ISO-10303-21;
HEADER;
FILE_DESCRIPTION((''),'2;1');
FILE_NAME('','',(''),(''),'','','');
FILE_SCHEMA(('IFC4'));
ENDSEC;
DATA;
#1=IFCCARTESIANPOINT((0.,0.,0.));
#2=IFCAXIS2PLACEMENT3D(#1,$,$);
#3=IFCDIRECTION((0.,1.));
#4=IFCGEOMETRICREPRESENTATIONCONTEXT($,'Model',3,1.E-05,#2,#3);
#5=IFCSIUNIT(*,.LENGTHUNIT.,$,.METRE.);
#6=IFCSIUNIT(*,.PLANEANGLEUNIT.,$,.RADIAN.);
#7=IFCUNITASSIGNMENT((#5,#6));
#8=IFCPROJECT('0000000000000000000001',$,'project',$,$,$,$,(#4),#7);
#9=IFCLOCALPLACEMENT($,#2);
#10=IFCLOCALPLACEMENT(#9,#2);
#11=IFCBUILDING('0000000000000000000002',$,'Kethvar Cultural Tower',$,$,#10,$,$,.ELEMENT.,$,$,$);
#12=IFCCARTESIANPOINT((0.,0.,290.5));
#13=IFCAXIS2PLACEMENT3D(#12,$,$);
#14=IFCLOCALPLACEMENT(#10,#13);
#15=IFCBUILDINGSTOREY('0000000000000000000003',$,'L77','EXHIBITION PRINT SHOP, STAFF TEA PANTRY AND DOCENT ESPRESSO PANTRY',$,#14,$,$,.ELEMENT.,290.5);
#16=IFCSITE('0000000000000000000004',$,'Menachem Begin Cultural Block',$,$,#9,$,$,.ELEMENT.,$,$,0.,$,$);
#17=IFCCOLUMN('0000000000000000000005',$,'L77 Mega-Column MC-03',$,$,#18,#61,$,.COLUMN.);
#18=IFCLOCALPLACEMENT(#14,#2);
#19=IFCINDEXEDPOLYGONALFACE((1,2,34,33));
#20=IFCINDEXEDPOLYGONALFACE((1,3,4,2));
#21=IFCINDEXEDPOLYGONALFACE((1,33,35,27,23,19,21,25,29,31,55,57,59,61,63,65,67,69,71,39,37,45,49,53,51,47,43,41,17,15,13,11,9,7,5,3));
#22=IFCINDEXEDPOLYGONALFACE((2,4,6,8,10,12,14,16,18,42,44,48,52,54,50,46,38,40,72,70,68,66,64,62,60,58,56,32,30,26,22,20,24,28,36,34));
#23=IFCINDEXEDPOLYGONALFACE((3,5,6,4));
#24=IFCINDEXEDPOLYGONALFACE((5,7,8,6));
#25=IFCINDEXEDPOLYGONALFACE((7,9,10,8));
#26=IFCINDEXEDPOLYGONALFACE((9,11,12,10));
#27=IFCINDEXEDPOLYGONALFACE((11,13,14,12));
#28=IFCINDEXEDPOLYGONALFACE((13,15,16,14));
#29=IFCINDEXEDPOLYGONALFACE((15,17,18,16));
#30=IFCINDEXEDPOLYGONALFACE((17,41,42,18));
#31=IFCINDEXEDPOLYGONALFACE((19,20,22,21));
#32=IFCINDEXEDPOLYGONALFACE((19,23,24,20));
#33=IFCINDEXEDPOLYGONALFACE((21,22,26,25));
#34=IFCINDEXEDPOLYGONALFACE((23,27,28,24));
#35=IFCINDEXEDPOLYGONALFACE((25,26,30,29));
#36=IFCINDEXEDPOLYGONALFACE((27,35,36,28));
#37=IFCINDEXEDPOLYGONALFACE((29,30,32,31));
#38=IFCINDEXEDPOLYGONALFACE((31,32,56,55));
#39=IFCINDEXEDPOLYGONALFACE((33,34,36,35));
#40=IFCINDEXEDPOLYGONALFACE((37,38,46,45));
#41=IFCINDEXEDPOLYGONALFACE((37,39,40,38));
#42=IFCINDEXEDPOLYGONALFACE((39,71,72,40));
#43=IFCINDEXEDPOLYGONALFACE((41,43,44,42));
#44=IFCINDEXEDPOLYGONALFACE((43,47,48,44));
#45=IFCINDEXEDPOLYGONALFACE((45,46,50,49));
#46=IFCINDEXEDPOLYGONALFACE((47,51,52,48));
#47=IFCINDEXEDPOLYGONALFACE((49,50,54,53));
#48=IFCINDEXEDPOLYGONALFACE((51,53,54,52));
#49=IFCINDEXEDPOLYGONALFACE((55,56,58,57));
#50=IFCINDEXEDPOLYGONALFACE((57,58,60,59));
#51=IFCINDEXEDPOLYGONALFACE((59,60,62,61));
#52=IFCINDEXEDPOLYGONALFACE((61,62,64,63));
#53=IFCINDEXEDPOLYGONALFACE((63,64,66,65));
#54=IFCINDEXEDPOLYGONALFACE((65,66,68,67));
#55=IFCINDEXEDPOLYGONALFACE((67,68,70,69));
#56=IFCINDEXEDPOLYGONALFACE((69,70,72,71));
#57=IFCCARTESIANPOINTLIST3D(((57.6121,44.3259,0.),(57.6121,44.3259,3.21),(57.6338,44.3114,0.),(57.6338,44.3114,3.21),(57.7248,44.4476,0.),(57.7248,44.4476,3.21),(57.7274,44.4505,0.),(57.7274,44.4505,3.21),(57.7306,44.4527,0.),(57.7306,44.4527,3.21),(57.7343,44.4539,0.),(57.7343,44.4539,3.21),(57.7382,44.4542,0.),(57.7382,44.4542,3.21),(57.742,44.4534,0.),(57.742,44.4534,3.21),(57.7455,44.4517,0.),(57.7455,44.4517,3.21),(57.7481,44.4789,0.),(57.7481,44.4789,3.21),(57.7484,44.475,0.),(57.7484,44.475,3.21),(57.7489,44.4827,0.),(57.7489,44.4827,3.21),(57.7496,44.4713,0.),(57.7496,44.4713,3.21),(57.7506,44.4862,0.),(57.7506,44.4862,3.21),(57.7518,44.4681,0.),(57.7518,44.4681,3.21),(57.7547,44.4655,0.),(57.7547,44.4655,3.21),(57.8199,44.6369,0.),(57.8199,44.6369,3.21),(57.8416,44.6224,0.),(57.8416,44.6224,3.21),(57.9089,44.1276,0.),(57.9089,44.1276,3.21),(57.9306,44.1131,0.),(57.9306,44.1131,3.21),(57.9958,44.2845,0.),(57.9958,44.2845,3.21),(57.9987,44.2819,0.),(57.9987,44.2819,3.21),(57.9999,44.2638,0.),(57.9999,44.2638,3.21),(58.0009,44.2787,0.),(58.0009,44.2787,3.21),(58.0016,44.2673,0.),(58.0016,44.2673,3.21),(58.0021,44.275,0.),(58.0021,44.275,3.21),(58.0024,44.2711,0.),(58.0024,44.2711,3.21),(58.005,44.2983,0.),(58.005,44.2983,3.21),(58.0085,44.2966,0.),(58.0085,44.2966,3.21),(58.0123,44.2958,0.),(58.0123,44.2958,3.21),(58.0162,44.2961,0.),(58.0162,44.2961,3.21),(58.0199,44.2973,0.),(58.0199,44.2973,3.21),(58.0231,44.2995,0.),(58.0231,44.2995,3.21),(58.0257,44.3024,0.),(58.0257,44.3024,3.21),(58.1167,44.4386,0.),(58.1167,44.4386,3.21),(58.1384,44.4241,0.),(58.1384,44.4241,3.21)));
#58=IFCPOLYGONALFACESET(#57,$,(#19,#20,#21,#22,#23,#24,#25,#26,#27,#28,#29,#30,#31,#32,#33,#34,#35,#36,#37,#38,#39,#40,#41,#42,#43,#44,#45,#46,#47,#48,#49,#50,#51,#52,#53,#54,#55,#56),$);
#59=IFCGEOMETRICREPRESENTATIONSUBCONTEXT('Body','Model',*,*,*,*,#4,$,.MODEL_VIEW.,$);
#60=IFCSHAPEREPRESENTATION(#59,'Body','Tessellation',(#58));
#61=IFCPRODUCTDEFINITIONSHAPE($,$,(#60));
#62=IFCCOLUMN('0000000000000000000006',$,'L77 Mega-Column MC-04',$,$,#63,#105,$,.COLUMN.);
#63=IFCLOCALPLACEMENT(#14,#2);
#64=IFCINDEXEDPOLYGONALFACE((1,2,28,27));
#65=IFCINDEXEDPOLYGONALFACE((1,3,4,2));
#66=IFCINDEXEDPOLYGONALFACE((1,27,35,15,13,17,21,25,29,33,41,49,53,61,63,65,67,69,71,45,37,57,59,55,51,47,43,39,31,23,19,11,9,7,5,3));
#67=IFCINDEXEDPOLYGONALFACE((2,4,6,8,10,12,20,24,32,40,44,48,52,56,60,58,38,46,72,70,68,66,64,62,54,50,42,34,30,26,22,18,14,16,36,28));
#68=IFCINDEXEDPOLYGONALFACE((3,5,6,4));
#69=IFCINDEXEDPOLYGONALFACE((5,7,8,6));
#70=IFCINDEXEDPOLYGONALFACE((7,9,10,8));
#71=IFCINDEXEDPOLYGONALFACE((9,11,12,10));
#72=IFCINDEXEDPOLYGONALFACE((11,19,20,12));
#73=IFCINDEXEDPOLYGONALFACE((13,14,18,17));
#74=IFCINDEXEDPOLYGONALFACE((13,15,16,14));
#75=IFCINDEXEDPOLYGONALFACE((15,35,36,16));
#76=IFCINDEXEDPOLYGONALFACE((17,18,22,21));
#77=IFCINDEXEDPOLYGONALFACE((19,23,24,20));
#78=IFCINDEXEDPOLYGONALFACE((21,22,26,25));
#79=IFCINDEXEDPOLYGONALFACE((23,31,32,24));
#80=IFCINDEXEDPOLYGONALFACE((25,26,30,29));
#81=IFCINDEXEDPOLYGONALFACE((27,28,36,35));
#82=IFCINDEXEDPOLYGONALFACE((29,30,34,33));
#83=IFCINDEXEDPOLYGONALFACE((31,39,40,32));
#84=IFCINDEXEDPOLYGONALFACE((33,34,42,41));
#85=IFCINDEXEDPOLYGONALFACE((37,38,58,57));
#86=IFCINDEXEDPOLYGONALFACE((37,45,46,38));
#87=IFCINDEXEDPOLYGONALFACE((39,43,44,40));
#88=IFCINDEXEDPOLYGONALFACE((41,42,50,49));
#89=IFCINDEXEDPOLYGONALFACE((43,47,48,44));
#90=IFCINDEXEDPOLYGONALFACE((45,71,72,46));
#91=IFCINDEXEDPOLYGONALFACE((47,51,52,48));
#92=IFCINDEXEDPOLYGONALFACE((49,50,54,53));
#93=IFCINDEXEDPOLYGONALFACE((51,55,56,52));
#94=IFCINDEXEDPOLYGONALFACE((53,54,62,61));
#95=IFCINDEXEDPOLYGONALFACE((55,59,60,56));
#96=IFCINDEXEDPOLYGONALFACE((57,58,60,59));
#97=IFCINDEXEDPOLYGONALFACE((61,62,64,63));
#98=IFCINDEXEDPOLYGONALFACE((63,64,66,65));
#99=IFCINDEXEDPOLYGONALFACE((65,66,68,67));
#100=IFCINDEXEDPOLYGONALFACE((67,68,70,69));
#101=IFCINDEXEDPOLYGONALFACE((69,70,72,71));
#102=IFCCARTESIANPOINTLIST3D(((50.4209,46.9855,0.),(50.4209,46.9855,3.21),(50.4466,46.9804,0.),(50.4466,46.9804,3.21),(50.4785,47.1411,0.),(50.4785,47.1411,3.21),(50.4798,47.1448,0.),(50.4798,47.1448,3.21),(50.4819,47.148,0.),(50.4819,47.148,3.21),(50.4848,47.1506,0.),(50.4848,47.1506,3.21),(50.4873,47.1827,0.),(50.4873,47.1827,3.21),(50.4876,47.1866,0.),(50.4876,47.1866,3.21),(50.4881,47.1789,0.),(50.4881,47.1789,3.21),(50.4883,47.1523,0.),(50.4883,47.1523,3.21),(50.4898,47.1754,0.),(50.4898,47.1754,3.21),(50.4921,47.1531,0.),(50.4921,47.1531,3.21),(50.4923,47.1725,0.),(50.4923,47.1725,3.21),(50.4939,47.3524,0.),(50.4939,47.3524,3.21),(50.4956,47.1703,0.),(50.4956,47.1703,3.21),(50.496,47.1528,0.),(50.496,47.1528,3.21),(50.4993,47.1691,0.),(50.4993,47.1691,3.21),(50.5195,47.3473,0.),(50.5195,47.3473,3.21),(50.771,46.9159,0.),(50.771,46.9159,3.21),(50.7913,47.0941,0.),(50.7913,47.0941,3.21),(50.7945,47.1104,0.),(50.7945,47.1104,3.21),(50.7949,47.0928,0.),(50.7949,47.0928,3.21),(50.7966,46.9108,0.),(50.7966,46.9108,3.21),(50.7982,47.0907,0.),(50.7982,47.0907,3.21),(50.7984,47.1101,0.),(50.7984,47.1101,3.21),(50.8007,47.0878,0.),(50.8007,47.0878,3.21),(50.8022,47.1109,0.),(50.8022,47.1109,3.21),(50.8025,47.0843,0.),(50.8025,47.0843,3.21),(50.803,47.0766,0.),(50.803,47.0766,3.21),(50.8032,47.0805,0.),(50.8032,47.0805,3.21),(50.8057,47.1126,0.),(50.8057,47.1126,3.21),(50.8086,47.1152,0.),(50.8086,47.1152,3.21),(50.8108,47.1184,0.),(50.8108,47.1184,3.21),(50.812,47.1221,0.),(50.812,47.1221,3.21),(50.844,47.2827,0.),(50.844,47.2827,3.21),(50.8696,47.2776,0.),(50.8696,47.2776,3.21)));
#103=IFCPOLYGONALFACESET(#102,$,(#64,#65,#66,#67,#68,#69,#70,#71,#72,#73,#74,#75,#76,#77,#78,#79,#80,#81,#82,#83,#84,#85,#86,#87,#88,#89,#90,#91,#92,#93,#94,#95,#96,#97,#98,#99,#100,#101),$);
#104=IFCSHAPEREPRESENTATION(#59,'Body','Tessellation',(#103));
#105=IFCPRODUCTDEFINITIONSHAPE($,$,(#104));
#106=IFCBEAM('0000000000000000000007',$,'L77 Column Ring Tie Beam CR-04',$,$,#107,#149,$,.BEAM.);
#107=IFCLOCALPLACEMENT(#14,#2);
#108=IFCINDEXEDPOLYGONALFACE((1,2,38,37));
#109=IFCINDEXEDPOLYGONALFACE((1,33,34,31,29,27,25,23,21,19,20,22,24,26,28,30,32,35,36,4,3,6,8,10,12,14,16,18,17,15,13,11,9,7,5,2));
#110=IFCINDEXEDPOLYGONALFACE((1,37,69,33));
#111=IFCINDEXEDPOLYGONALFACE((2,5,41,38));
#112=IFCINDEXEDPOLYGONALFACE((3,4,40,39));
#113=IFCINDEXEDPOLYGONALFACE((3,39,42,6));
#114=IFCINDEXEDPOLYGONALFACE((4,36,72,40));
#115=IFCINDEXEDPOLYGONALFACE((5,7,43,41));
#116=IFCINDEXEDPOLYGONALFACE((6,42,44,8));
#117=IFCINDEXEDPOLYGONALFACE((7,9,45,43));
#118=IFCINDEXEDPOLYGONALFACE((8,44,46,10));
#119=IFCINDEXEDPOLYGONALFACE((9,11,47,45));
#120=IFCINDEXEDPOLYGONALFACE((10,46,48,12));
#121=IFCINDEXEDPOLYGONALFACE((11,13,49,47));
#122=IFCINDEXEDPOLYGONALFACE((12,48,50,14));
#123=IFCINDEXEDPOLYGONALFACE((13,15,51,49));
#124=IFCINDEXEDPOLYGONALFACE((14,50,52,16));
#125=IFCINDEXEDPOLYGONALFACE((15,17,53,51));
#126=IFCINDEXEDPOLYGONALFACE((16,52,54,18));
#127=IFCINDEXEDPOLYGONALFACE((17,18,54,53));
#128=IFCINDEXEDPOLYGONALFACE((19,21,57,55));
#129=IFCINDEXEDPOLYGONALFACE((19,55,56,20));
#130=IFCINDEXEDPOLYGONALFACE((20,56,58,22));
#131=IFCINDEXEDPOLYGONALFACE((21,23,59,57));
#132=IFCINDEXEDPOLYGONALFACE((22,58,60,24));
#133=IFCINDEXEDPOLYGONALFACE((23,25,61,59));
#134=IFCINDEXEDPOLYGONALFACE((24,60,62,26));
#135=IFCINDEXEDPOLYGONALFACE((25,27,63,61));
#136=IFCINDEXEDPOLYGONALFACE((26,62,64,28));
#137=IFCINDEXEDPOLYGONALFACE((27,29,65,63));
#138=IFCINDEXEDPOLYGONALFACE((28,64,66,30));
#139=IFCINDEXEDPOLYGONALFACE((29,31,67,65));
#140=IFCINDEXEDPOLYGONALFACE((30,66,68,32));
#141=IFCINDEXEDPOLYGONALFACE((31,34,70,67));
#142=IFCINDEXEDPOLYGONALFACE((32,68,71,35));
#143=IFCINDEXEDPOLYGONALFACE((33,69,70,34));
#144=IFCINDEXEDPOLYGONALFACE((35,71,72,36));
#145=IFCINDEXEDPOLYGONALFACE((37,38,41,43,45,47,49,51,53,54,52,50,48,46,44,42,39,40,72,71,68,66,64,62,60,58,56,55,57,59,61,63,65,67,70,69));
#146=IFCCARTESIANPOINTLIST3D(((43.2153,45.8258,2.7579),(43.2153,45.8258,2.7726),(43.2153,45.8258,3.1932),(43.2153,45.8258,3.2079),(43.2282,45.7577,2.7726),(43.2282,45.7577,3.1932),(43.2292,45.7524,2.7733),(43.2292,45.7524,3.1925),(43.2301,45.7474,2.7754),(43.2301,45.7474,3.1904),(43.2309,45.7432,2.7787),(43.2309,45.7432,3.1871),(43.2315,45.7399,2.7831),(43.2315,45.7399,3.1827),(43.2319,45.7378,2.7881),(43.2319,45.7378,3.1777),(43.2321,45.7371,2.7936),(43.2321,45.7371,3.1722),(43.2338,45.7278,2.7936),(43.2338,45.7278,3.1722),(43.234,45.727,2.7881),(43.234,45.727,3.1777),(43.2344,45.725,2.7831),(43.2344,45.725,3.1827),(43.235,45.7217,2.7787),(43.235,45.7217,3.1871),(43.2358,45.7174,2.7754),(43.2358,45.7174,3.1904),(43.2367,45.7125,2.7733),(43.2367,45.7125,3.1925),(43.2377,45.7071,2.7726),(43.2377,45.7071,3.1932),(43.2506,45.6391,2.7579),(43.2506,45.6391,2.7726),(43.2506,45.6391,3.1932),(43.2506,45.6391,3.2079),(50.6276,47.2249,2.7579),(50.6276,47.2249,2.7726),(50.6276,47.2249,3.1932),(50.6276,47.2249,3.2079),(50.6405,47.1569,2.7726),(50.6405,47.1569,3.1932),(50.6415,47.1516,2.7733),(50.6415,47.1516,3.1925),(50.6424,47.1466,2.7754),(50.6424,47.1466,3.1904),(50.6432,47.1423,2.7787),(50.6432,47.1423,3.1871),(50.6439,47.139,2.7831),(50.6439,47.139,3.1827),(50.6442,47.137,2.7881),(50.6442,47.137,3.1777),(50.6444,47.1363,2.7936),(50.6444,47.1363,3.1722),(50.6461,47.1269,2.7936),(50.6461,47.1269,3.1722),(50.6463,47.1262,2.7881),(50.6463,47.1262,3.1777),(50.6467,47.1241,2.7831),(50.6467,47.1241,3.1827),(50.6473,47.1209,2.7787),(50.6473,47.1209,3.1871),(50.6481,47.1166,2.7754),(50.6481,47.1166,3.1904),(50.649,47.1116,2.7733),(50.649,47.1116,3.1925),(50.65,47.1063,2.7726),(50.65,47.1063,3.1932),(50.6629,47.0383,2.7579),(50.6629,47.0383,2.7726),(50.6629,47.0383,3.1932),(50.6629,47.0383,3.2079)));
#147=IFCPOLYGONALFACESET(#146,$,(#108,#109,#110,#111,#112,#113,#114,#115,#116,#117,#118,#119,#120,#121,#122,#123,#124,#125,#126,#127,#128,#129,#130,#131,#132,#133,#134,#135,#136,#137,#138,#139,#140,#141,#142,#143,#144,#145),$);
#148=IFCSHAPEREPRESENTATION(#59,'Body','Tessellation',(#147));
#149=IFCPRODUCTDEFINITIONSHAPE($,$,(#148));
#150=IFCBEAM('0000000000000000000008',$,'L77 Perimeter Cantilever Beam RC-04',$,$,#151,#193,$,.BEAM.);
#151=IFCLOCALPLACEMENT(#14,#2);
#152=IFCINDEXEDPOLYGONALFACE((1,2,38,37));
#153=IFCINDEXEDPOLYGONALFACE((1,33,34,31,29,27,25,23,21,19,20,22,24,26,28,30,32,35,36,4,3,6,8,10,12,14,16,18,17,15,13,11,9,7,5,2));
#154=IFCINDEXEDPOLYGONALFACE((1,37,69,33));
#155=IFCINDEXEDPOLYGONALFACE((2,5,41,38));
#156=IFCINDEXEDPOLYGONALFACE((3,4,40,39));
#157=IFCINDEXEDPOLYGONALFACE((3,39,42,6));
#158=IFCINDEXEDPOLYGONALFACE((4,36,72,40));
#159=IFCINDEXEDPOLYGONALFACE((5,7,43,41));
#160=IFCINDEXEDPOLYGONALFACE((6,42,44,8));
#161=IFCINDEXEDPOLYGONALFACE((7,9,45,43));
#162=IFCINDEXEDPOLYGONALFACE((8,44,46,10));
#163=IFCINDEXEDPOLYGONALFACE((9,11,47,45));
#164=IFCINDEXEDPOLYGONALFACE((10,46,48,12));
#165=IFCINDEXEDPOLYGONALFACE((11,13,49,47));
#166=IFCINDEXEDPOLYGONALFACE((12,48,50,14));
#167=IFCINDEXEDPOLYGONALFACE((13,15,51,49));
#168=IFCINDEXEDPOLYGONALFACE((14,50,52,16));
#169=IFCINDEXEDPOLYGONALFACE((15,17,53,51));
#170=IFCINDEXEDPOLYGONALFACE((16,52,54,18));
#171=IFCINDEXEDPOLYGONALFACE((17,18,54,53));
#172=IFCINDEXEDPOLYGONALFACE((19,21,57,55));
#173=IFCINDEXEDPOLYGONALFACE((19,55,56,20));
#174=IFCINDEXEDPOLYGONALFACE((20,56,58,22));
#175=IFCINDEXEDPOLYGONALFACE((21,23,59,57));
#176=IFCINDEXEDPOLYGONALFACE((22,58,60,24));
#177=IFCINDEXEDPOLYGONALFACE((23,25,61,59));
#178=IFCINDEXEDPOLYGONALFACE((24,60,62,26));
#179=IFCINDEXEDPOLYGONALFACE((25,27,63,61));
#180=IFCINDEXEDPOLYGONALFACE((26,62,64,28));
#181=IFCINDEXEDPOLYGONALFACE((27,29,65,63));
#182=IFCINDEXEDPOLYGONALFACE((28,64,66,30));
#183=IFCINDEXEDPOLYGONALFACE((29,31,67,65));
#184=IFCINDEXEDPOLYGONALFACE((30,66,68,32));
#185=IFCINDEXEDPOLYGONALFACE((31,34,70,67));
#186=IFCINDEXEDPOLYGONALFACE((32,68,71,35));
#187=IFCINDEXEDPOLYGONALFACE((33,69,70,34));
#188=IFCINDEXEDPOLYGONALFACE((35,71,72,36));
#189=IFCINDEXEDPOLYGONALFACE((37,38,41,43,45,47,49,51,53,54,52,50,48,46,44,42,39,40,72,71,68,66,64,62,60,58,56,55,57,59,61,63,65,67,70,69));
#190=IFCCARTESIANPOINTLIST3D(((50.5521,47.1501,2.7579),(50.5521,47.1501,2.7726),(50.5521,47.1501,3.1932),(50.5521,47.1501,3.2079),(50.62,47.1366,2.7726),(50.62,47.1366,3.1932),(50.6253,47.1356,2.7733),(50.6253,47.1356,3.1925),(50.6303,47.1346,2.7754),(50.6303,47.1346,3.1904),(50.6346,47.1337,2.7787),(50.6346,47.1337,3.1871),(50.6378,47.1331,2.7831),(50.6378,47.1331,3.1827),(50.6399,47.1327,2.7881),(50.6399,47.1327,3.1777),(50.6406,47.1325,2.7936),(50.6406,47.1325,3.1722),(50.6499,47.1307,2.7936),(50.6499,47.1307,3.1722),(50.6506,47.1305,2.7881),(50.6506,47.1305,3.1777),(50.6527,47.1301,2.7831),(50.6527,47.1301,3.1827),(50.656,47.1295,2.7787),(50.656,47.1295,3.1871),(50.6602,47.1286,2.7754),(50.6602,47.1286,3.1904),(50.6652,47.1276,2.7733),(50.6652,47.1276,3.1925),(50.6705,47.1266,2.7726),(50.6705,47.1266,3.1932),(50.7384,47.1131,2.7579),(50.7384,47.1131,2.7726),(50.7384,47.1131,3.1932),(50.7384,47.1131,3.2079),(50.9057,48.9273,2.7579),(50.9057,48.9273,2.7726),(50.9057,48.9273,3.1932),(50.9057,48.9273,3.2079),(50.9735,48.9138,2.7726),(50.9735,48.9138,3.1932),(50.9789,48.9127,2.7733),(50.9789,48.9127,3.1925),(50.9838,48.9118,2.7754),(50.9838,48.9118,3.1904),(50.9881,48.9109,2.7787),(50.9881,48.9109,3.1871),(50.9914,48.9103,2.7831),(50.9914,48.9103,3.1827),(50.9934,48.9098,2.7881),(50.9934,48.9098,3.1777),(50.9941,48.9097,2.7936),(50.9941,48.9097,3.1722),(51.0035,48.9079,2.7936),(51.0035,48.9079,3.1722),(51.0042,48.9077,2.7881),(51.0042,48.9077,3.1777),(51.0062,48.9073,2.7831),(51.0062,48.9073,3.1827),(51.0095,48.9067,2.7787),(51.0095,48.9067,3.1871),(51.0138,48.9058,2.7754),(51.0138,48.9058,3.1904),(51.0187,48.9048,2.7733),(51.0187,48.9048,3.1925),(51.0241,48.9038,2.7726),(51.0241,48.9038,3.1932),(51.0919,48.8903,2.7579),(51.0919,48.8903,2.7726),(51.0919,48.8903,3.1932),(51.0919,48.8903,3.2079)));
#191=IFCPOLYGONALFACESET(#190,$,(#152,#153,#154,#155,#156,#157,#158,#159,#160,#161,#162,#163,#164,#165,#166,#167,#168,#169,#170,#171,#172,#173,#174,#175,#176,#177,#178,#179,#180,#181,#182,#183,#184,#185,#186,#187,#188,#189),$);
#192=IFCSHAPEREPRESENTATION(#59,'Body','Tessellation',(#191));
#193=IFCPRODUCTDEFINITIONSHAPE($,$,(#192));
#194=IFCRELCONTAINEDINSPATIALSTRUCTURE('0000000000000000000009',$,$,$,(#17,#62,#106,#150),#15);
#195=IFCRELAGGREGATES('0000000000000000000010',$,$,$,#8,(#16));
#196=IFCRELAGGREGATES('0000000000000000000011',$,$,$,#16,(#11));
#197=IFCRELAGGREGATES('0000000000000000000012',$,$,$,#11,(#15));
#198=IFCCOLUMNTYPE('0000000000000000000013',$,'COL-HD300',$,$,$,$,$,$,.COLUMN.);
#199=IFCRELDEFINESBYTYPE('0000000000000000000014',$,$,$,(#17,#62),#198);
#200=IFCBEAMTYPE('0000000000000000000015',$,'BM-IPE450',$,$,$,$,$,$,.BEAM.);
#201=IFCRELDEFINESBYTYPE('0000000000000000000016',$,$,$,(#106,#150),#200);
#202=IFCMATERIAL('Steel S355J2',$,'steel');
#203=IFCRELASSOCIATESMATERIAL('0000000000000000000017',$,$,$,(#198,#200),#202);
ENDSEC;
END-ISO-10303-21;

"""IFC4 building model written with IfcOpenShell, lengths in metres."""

from ifc_helpers import new_model, si_unit, direction, frame, origin, origin_2d, place, context, subcontext, project, spatial, i_section, extrude, source, transform, mapped, material, material_profile, profile_set, type_object, element, save


model = new_model("IFC4")

# Units and contexts
model_context = context("Model", 3, precision=1e-05, world=origin(), true_north=direction((0.0, 1.0)))
body_context = subcontext(model_context, "Body", "Model", "MODEL_VIEW")
ifc_project = project(units=[si_unit("LENGTHUNIT", "METRE"), si_unit("PLANEANGLEUNIT", "RADIAN")], contexts=[model_context])

# Site, building, storey
site_placement = place(None, origin())
site = spatial("IfcSite", under=ifc_project, at=site_placement, Name="Menachem Begin Cultural Block", CompositionType="ELEMENT", RefElevation=0.0)
building_placement = place(site_placement, origin())
building = spatial("IfcBuilding", under=site, at=building_placement, Name="Kethvar Cultural Tower", CompositionType="ELEMENT")
storey_placement = place(building_placement, frame((0.0, 0.0, 290.5)))
storey = spatial("IfcBuildingStorey", under=building, at=storey_placement, Name="L77", Description="EXHIBITION PRINT SHOP, STAFF TEA PANTRY AND DOCENT ESPRESSO PANTRY", CompositionType="ELEMENT", Elevation=290.5)

# Columns
ifc_material_1 = material(Name="Steel S355J2", Category="steel")
ifc_material_profile_1 = material_profile(ifc_material_1, i_section(OverallWidth=0.374, OverallDepth=0.3831, WebThickness=0.0166, FlangeThickness=0.0261, FilletRadius=0.0149, at=origin_2d()), Name="Steel S355J2 — HD360x300")
ifc_profile_set_1 = profile_set([ifc_material_profile_1], Name="Steel S355J2 — HD360x300")
column_type = type_object("IfcColumnType", Name="COL-HD300", PredefinedType="COLUMN", material=ifc_profile_set_1)
shared_shape_1 = source(origin(), body_context, "Body", "SweptSolid", [
    extrude(i_section(OverallWidth=0.374, OverallDepth=0.3831, WebThickness=0.0166, FlangeThickness=0.0261, FilletRadius=0.0149, at=origin_2d()), origin(), (0.0, 0.0, 1.0), 3.21),
])
for number, where, z_axis, x_axis, name in (
    (1, (57.8752, 44.375, 0.0), (0.0, 0.0, 1.0), (0.55557, 0.83147, 0.0), "L77 Mega-Column MC-03"),
    (2, (50.6453, 47.1316, 0.0), (0.0, 0.0, 1.0), (0.19509, 0.980785, 0.0), "L77 Mega-Column MC-04"),
):
    element("IfcColumn", number, at=place(storey_placement, frame(where, z_axis=z_axis, x_axis=x_axis)), inside=storey, type_object=column_type, Name=name, PredefinedType="COLUMN", context=body_context, shape_type="MappedRepresentation", body=[
        mapped(shared_shape_1, transform((0.0, 0.0, 0.0), scale=1.0)),
    ])

# Beams
ifc_material_profile_2 = material_profile(ifc_material_1, i_section(OverallWidth=0.1899, OverallDepth=0.45, WebThickness=0.0095, FlangeThickness=0.0146, FilletRadius=0.021, at=origin_2d()), Name="Steel S355J2 — IPE450")
ifc_profile_set_2 = profile_set([ifc_material_profile_2], Name="Steel S355J2 — IPE450")
beam_type_1 = type_object("IfcBeamType", Name="BM-IPE450", PredefinedType="BEAM", material=ifc_profile_set_2)
shared_shape_2 = source(origin(), body_context, "Body", "SweptSolid", [
    extrude(i_section(OverallWidth=0.1899, OverallDepth=0.45, WebThickness=0.0095, FlangeThickness=0.0146, FilletRadius=0.021, at=origin_2d()), origin(), (0.0, 0.0, 1.0), 7.5432),
])
beam_1_placement = place(storey_placement, frame((50.6453, 47.1316, 2.9829), z_axis=(-0.982647, -0.185486, 0.0), x_axis=(0.185486, -0.982647, 0.0)))
element("IfcBeam", 3, at=beam_1_placement, inside=storey, type_object=beam_type_1, Name="L77 Column Ring Tie Beam CR-04", PredefinedType="BEAM", context=body_context, shape_type="MappedRepresentation", body=[
    mapped(shared_shape_2, transform((0.0, 0.0, 0.0), scale=1.0)),
])
shared_shape_3 = source(origin(), body_context, "Body", "SweptSolid", [
    extrude(i_section(OverallWidth=0.1899, OverallDepth=0.45, WebThickness=0.0095, FlangeThickness=0.0146, FilletRadius=0.021, at=origin_2d()), origin(), (0.0, 0.0, 1.0), 1.812),
])
beam_2_placement = place(storey_placement, frame((50.6453, 47.1316, 2.9829), z_axis=(0.195105, 0.980782, 0.0), x_axis=(-0.980782, 0.195105, 0.0)))
element("IfcBeam", 4, at=beam_2_placement, inside=storey, type_object=beam_type_1, Name="L77 Perimeter Cantilever Beam RC-04", PredefinedType="BEAM", context=body_context, shape_type="MappedRepresentation", body=[
    mapped(shared_shape_3, transform((0.0, 0.0, 0.0), scale=1.0)),
])

save(model, "model.ifc")
